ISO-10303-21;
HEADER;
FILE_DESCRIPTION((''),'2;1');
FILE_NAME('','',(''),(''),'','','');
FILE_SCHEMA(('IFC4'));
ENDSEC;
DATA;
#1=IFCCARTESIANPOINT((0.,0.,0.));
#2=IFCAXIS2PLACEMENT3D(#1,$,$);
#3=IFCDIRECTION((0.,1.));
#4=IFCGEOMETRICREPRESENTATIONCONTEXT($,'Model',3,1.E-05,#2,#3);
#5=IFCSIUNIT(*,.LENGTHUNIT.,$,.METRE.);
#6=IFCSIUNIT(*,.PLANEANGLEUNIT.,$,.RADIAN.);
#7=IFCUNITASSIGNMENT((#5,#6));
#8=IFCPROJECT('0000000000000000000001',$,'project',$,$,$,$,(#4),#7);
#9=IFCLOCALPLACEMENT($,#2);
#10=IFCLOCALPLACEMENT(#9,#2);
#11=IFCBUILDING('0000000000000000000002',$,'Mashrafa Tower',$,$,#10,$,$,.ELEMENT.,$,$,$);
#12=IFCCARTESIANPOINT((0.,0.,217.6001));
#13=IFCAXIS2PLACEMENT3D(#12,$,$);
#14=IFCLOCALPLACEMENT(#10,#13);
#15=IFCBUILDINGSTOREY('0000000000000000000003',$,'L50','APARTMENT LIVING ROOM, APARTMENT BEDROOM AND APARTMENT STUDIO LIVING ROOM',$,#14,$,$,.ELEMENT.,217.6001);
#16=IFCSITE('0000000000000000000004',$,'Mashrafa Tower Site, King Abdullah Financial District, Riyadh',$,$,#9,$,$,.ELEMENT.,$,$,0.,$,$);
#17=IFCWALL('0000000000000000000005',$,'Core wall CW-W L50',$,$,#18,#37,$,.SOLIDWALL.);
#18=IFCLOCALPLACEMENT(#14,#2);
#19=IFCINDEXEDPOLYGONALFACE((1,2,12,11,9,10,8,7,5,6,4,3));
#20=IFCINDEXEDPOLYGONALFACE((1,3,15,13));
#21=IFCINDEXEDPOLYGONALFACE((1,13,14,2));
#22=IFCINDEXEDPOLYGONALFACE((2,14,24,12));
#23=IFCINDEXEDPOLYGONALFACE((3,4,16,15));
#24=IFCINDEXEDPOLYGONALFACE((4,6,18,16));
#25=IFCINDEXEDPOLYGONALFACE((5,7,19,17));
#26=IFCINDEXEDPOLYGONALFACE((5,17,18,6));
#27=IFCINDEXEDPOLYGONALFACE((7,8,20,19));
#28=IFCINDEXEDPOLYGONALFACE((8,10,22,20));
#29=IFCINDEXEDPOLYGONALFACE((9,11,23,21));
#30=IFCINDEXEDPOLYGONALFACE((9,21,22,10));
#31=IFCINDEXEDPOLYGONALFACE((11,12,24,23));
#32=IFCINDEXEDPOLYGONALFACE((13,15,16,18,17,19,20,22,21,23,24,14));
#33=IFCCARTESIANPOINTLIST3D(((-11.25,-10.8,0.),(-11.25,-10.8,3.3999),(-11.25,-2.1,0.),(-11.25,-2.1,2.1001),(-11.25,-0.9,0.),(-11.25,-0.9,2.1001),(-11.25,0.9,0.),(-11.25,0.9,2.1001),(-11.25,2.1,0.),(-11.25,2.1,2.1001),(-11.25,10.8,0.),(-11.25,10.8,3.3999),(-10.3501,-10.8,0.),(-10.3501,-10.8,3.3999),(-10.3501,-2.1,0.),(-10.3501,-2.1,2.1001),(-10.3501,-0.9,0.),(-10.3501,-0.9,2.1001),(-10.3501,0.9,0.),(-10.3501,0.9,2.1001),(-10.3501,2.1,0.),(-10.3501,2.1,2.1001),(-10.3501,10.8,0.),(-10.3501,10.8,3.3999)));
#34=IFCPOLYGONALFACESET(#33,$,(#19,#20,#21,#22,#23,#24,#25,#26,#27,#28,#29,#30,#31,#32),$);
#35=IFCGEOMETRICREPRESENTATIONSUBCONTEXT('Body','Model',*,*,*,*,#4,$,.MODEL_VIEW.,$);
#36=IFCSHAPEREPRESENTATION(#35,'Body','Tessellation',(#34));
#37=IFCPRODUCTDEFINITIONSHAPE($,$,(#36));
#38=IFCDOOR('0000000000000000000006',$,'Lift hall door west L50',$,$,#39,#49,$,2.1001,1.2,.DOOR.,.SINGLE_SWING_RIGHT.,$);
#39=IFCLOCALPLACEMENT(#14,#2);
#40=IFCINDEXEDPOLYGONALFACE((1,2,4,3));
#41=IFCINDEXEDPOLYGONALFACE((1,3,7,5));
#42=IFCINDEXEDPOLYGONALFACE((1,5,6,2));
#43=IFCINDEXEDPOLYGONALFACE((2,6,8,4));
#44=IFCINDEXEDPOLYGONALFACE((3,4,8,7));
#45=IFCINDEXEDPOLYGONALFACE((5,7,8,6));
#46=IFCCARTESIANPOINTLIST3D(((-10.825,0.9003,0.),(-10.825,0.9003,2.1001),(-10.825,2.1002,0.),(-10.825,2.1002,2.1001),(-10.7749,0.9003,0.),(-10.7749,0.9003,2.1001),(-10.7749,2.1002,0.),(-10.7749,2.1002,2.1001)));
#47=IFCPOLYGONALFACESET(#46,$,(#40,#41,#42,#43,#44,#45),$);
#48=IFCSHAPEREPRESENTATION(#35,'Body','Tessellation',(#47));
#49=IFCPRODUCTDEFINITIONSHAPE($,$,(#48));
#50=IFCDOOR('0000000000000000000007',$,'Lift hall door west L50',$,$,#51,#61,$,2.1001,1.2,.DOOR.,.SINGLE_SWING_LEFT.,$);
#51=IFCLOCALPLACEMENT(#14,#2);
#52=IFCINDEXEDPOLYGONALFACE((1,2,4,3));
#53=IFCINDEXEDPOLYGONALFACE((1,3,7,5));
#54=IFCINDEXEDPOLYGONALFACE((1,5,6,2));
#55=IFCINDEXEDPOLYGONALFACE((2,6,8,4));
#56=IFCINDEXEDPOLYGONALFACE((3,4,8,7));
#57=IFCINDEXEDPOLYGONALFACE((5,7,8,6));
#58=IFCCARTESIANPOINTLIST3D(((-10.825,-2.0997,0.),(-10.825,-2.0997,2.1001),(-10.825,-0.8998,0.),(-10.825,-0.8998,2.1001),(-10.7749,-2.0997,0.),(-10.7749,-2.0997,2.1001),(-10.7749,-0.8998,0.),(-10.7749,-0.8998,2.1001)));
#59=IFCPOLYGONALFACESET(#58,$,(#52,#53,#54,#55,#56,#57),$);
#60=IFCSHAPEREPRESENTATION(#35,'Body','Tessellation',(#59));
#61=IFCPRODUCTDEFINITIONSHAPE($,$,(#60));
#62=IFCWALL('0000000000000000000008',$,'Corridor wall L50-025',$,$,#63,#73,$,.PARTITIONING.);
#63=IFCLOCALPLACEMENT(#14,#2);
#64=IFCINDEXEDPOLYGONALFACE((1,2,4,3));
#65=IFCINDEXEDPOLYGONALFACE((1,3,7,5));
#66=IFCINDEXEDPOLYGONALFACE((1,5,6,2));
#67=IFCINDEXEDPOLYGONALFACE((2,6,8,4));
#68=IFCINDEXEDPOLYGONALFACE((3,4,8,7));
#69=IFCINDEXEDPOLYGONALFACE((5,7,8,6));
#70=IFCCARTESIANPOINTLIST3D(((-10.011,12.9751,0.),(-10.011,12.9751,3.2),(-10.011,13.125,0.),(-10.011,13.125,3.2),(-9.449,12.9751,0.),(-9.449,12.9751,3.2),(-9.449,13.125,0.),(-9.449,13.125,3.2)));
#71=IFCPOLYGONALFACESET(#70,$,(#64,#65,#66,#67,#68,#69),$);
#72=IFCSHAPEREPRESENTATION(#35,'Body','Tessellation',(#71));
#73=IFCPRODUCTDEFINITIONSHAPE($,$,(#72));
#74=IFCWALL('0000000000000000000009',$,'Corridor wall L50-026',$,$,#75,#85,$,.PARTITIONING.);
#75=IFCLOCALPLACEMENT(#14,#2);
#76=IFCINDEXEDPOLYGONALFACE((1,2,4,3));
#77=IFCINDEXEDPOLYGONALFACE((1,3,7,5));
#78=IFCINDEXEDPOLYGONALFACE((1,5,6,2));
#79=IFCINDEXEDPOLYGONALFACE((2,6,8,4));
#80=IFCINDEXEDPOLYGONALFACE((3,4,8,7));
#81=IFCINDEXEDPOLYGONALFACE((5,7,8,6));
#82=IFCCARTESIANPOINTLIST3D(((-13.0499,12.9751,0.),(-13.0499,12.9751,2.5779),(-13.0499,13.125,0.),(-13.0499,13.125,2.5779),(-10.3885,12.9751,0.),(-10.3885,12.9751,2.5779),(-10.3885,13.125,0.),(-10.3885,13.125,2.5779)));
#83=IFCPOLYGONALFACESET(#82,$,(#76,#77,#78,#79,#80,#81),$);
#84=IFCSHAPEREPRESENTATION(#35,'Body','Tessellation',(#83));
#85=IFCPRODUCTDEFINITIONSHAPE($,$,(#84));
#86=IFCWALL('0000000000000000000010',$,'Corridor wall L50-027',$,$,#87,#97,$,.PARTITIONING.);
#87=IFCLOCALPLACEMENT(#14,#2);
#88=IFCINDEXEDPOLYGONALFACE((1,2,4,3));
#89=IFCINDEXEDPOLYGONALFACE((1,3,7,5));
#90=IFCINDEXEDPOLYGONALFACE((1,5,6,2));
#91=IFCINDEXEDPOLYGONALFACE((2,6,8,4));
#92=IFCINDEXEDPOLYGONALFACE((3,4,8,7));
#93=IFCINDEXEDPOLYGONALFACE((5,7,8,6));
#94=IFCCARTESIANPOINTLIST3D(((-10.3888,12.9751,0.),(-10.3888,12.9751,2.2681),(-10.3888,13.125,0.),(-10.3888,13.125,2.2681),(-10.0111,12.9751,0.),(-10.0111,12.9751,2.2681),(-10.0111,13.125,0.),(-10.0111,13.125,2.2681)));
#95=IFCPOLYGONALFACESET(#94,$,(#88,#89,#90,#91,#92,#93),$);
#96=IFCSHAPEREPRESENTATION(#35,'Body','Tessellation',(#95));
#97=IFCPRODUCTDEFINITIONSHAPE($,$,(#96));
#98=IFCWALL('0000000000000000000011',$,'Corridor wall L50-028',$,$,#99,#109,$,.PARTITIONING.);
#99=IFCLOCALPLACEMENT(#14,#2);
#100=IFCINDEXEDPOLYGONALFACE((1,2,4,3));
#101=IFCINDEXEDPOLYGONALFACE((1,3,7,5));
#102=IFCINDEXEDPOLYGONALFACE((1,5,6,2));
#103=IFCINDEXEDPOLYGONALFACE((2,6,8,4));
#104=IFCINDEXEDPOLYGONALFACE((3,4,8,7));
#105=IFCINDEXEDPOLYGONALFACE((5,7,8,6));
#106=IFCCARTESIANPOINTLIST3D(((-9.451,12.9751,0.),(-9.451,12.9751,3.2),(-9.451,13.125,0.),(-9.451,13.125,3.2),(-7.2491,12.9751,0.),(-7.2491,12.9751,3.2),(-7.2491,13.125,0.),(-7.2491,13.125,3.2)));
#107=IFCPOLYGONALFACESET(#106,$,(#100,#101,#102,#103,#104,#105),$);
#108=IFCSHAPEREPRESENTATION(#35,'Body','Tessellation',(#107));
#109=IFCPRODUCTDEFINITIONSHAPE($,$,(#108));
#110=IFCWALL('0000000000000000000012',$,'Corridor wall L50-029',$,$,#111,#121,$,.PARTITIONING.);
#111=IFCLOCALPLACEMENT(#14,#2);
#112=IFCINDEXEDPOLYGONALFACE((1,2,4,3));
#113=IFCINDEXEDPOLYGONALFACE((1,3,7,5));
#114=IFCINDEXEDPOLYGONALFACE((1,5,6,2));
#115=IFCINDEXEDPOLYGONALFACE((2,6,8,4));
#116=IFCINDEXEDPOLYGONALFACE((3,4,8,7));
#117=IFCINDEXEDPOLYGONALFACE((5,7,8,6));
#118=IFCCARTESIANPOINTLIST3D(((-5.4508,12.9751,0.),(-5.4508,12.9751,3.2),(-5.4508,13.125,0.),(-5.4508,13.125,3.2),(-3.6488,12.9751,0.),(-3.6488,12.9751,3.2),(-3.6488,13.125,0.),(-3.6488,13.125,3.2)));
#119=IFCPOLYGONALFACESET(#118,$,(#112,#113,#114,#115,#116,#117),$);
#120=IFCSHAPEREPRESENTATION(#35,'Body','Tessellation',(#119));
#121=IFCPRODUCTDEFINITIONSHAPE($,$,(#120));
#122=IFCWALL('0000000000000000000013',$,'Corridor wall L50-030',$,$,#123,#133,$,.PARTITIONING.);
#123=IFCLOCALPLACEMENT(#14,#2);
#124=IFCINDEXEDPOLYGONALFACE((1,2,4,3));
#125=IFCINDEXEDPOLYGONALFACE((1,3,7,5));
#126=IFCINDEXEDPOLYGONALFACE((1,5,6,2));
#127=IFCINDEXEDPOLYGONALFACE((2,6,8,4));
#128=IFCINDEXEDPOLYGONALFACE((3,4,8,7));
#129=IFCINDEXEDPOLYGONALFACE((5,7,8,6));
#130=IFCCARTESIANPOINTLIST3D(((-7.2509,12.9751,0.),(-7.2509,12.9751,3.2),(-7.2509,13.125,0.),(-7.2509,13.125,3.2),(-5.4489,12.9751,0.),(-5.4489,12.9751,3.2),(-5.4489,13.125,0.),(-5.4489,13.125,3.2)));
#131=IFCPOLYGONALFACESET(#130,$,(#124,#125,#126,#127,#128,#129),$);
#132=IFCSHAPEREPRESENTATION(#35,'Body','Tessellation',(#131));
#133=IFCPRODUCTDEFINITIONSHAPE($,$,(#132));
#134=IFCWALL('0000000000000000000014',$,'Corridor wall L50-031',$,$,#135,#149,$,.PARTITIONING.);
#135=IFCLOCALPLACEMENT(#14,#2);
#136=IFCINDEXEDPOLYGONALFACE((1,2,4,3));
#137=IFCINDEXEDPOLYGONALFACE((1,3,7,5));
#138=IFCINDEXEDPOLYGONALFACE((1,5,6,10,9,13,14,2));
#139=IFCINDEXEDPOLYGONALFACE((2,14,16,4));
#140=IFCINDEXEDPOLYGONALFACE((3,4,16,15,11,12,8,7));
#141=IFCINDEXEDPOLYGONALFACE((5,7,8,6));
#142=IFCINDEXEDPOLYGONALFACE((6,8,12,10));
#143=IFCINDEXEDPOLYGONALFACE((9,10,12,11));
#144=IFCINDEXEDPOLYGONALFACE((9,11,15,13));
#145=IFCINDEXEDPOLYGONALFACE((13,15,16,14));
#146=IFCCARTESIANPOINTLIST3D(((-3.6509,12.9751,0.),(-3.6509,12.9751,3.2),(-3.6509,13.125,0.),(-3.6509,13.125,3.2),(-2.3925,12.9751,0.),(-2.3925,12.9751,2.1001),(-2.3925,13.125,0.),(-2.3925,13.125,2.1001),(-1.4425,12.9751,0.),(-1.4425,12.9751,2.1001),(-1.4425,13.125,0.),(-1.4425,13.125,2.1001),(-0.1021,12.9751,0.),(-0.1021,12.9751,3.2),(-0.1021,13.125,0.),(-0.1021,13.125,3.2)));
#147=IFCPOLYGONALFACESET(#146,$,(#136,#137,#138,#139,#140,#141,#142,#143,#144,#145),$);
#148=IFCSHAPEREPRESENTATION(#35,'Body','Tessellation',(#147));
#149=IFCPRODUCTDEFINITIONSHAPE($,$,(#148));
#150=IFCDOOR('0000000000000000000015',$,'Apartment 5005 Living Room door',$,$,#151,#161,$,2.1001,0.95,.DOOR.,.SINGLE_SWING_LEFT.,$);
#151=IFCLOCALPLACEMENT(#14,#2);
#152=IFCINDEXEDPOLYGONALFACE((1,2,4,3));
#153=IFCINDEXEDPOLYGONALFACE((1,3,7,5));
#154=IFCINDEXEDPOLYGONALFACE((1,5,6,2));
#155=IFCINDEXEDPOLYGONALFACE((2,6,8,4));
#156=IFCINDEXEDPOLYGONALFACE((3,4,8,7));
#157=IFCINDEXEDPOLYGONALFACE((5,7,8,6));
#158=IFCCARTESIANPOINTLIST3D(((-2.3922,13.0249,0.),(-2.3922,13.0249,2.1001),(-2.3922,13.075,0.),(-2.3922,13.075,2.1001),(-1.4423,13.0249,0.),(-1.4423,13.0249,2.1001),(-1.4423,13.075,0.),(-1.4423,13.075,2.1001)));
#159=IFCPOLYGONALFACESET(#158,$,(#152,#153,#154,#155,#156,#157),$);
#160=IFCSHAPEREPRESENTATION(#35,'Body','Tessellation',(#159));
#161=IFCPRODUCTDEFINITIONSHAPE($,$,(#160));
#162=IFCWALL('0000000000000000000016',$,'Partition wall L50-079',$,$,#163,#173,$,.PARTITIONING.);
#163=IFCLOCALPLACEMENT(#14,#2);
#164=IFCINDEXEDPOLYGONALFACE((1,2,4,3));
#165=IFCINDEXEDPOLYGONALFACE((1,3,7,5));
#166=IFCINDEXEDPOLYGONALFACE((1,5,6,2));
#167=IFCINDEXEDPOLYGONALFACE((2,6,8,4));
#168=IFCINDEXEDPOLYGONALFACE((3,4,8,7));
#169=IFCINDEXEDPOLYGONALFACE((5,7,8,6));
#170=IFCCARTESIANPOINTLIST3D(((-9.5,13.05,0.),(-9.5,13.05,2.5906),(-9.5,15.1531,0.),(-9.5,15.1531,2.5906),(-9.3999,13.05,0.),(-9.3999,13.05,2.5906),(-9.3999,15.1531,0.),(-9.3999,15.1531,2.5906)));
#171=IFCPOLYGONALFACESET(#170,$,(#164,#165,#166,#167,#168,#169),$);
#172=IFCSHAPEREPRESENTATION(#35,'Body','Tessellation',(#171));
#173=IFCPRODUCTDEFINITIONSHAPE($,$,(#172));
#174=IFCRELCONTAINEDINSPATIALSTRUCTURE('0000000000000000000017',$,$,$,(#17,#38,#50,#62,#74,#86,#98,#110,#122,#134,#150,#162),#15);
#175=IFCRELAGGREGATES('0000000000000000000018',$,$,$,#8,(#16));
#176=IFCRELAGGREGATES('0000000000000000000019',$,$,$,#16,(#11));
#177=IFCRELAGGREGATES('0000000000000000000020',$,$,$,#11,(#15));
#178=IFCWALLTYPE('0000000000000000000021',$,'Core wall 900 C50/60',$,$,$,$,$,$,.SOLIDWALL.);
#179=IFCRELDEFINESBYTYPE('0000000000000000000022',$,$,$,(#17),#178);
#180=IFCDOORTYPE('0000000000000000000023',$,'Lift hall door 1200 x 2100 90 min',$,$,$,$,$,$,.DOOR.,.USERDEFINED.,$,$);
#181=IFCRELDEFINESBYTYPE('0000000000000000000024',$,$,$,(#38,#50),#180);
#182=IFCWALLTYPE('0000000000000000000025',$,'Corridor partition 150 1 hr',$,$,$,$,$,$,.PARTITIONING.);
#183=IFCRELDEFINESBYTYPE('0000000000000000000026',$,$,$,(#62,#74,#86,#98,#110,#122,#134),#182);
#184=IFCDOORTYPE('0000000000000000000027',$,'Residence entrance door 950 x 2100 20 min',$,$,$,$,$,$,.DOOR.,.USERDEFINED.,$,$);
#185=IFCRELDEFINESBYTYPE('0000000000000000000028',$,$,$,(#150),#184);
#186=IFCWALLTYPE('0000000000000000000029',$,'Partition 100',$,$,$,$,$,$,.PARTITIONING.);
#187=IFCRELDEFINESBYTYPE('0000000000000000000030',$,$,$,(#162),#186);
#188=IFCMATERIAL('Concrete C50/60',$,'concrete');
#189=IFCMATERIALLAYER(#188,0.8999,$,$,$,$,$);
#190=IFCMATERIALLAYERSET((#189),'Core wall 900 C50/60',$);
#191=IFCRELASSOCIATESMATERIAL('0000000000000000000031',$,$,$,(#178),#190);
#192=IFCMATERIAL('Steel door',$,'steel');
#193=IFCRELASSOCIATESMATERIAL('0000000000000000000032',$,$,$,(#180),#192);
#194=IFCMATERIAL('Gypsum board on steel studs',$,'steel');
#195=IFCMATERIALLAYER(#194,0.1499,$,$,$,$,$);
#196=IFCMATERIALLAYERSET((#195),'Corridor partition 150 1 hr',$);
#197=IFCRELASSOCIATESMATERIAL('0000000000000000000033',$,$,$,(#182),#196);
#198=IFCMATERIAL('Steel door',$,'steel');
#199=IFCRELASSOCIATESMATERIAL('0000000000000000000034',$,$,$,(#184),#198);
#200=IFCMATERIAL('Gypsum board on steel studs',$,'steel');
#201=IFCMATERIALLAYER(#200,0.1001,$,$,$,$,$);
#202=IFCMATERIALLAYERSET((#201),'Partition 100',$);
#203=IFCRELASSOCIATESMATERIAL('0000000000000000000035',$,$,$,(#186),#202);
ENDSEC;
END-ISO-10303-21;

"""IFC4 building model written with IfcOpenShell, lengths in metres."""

from ifc_helpers import new_model, si_unit, direction, frame, frame_2d, origin, place, context, subcontext, project, spatial, rectangle, extrude, material, layer, layer_set, type_object, element, fill, save


model = new_model("IFC4")

# Units and contexts
model_context = context("Model", 3, precision=1e-05, world=origin(), true_north=direction((0.0, 1.0)))
body_context = subcontext(model_context, "Body", "Model", "MODEL_VIEW")
ifc_project = project(units=[si_unit("LENGTHUNIT", "METRE"), si_unit("PLANEANGLEUNIT", "RADIAN")], contexts=[model_context])

# Site, building, storey
site_placement = place(None, origin())
site = spatial("IfcSite", under=ifc_project, at=site_placement, Name="Mashrafa Tower Site, King Abdullah Financial District, Riyadh", CompositionType="ELEMENT", RefElevation=0.0)
building_placement = place(site_placement, origin())
building = spatial("IfcBuilding", under=site, at=building_placement, Name="Mashrafa Tower", CompositionType="ELEMENT")
storey_placement = place(building_placement, frame((0.0, 0.0, 217.6001)))
storey = spatial("IfcBuildingStorey", under=building, at=storey_placement, Name="L50", Description="APARTMENT LIVING ROOM, APARTMENT BEDROOM AND APARTMENT STUDIO LIVING ROOM", CompositionType="ELEMENT", Elevation=217.6001)

# Wall, openings, doors
ifc_material_1 = material(Name="Concrete C50/60", Category="concrete")
ifc_layer_1 = layer(ifc_material_1, 0.8999)
ifc_layer_set_1 = layer_set([ifc_layer_1], Name="Core wall 900 C50/60")
wall_type_1 = type_object("IfcWallType", Name="Core wall 900 C50/60", PredefinedType="SOLIDWALL", material=ifc_layer_set_1)
wall_1_placement = place(storey_placement, frame((-10.8, 10.8, 0.0), z_axis=(0.0, 0.0, 1.0), x_axis=(0.0, -1.0, 0.0)))
wall_1 = element("IfcWall", 1, at=wall_1_placement, inside=storey, type_object=wall_type_1, Name="Core wall CW-W L50", PredefinedType="SOLIDWALL", context=body_context, shape_type="SweptSolid", body=[
    extrude(rectangle(XDim=21.6001, YDim=0.8999, at=frame_2d((10.8, 0.0))), origin(), (0.0, 0.0, 1.0), 3.3999),
])
opening_1_placement = place(wall_1_placement, frame((8.7, 0.0, 0.0)))
opening_1 = element("IfcOpeningElement", 2, at=opening_1_placement, cuts=wall_1, PredefinedType="OPENING", context=body_context, shape_type="SweptSolid", body=[
    extrude(rectangle(XDim=1.2, YDim=2.1001, at=frame_2d((0.6001, 1.05))), frame((0.0, 0.46, 0.0), z_axis=(0.0, -1.0, 0.0), x_axis=(1.0, 0.0, 0.0)), (0.0, 0.0, 1.0), 0.9199),
])
opening_2_placement = place(wall_1_placement, frame((11.7, 0.0, 0.0)))
opening_2 = element("IfcOpeningElement", 3, at=opening_2_placement, cuts=wall_1, PredefinedType="OPENING", context=body_context, shape_type="SweptSolid", body=[
    extrude(rectangle(XDim=1.2, YDim=2.1001, at=frame_2d((0.6001, 1.05))), frame((0.0, 0.46, 0.0), z_axis=(0.0, -1.0, 0.0), x_axis=(1.0, 0.0, 0.0)), (0.0, 0.0, 1.0), 0.9199),
])
ifc_material_2 = material(Name="Steel door", Category="steel")
door_type_1 = type_object("IfcDoorType", Name="Lift hall door 1200 x 2100 90 min", OperationType="USERDEFINED", PredefinedType="DOOR", material=ifc_material_2)
door_1_placement = place(opening_1_placement, frame((1.2, 0.0, 0.0), z_axis=(0.0, 0.0, 1.0), x_axis=(-1.0, 0.0, 0.0)))
door_1 = element("IfcDoor", 4, at=door_1_placement, inside=storey, type_object=door_type_1, Name="Lift hall door west L50", OperationType="SINGLE_SWING_RIGHT", OverallHeight=2.1001, OverallWidth=1.2, PredefinedType="DOOR", context=body_context, shape_type="SweptSolid", body=[
    extrude(rectangle(XDim=1.2, YDim=2.1001, at=frame_2d((0.6001, 1.05))), frame((0.0, 0.0249, 0.0), z_axis=(0.0, -1.0, 0.0), x_axis=(1.0, 0.0, 0.0)), (0.0, 0.0, 1.0), 0.05),
])
fill(opening_1, door_1)
door_2_placement = place(opening_2_placement, frame((1.2, 0.0, 0.0), z_axis=(0.0, 0.0, 1.0), x_axis=(-1.0, 0.0, 0.0)))
door_2 = element("IfcDoor", 5, at=door_2_placement, inside=storey, type_object=door_type_1, Name="Lift hall door west L50", OperationType="SINGLE_SWING_LEFT", OverallHeight=2.1001, OverallWidth=1.2, PredefinedType="DOOR", context=body_context, shape_type="SweptSolid", body=[
    extrude(rectangle(XDim=1.2, YDim=2.1001, at=frame_2d((0.6001, 1.05))), frame((0.0, 0.0249, 0.0), z_axis=(0.0, -1.0, 0.0), x_axis=(1.0, 0.0, 0.0)), (0.0, 0.0, 1.0), 0.05),
])
fill(opening_2, door_2)

# Walls
ifc_material_3 = material(Name="Gypsum board on steel studs", Category="steel")
ifc_layer_2 = layer(ifc_material_3, 0.1499)
ifc_layer_set_2 = layer_set([ifc_layer_2], Name="Corridor partition 150 1 hr")
wall_type_2 = type_object("IfcWallType", Name="Corridor partition 150 1 hr", PredefinedType="PARTITIONING", material=ifc_layer_set_2)
wall_2_placement = place(storey_placement, frame((-9.449, 13.05, 0.0), z_axis=(0.0, 0.0, 1.0), x_axis=(-1.0, 0.0, 0.0)))
element("IfcWall", 6, at=wall_2_placement, inside=storey, type_object=wall_type_2, Name="Corridor wall L50-025", PredefinedType="PARTITIONING", context=body_context, shape_type="SweptSolid", body=[
    extrude(rectangle(XDim=0.562, YDim=0.1499, at=frame_2d((0.281, 0.0))), origin(), (0.0, 0.0, 1.0), 3.2),
])
wall_3_placement = place(storey_placement, frame((-10.3887, 13.05, 0.0), z_axis=(0.0, 0.0, 1.0), x_axis=(-1.0, 0.0, 0.0)))
element("IfcWall", 7, at=wall_3_placement, inside=storey, type_object=wall_type_2, Name="Corridor wall L50-026", PredefinedType="PARTITIONING", context=body_context, shape_type="SweptSolid", body=[
    extrude(rectangle(XDim=2.6614, YDim=0.1499, at=frame_2d((1.3306, 0.0))), origin(), (0.0, 0.0, 1.0), 2.5779),
])
wall_4_placement = place(storey_placement, frame((-10.011, 13.05, 0.0), z_axis=(0.0, 0.0, 1.0), x_axis=(-1.0, 0.0, 0.0)))
element("IfcWall", 8, at=wall_4_placement, inside=storey, type_object=wall_type_2, Name="Corridor wall L50-027", PredefinedType="PARTITIONING", context=body_context, shape_type="SweptSolid", body=[
    extrude(rectangle(XDim=0.3777, YDim=0.1499, at=frame_2d((0.189, 0.0))), origin(), (0.0, 0.0, 1.0), 2.2681),
])
wall_5_placement = place(storey_placement, frame((-7.249, 13.05, 0.0), z_axis=(0.0, 0.0, 1.0), x_axis=(-1.0, 0.0, 0.0)))
element("IfcWall", 9, at=wall_5_placement, inside=storey, type_object=wall_type_2, Name="Corridor wall L50-028", PredefinedType="PARTITIONING", context=body_context, shape_type="SweptSolid", body=[
    extrude(rectangle(XDim=2.2019, YDim=0.1499, at=frame_2d((1.1011, 0.0))), origin(), (0.0, 0.0, 1.0), 3.2),
])
for number, where, z_axis, x_axis, name in (
    (10, (-3.6489, 13.05, 0.0), (0.0, 0.0, 1.0), (-1.0, 0.0, 0.0), "Corridor wall L50-029"),
    (11, (-5.449, 13.05, 0.0), (0.0, 0.0, 1.0), (-1.0, 0.0, 0.0), "Corridor wall L50-030"),
):
    element("IfcWall", number, at=place(storey_placement, frame(where, z_axis=z_axis, x_axis=x_axis)), inside=storey, type_object=wall_type_2, Name=name, PredefinedType="PARTITIONING", context=body_context, shape_type="SweptSolid", body=[
        extrude(rectangle(XDim=1.802, YDim=0.1499, at=frame_2d((0.9009, 0.0))), origin(), (0.0, 0.0, 1.0), 3.2),
    ])

# Wall, opening, door
wall_6_placement = place(storey_placement, frame((-0.1021, 13.05, 0.0), z_axis=(0.0, 0.0, 1.0), x_axis=(-1.0, 0.0, 0.0)))
wall_6 = element("IfcWall", 12, at=wall_6_placement, inside=storey, type_object=wall_type_2, Name="Corridor wall L50-031", PredefinedType="PARTITIONING", context=body_context, shape_type="SweptSolid", body=[
    extrude(rectangle(XDim=3.5488, YDim=0.1499, at=frame_2d((1.7744, 0.0))), origin(), (0.0, 0.0, 1.0), 3.2),
])
opening_3_placement = place(wall_6_placement, frame((1.3403, 0.0, 0.0)))
opening_3 = element("IfcOpeningElement", 13, at=opening_3_placement, cuts=wall_6, PredefinedType="OPENING", context=body_context, shape_type="SweptSolid", body=[
    extrude(rectangle(XDim=0.95, YDim=2.1001, at=frame_2d((0.4751, 1.05))), frame((0.0, 0.085, 0.0), z_axis=(0.0, -1.0, 0.0), x_axis=(1.0, 0.0, 0.0)), (0.0, 0.0, 1.0), 0.1699),
])
ifc_material_4 = material(Name="Steel door", Category="steel")
door_type_2 = type_object("IfcDoorType", Name="Residence entrance door 950 x 2100 20 min", OperationType="USERDEFINED", PredefinedType="DOOR", material=ifc_material_4)
door_3_placement = place(opening_3_placement, frame((0.95, 0.0, 0.0), z_axis=(0.0, 0.0, 1.0), x_axis=(-1.0, 0.0, 0.0)))
door_3 = element("IfcDoor", 14, at=door_3_placement, inside=storey, type_object=door_type_2, Name="Apartment 5005 Living Room door", OperationType="SINGLE_SWING_LEFT", OverallHeight=2.1001, OverallWidth=0.95, PredefinedType="DOOR", context=body_context, shape_type="SweptSolid", body=[
    extrude(rectangle(XDim=0.95, YDim=2.1001, at=frame_2d((0.4751, 1.05))), frame((0.0, 0.0249, 0.0), z_axis=(0.0, -1.0, 0.0), x_axis=(1.0, 0.0, 0.0)), (0.0, 0.0, 1.0), 0.05),
])
fill(opening_3, door_3)

# Wall
ifc_material_5 = material(Name="Gypsum board on steel studs", Category="steel")
ifc_layer_3 = layer(ifc_material_5, 0.1001)
ifc_layer_set_3 = layer_set([ifc_layer_3], Name="Partition 100")
wall_type_3 = type_object("IfcWallType", Name="Partition 100", PredefinedType="PARTITIONING", material=ifc_layer_set_3)
wall_7_placement = place(storey_placement, frame((-9.45, 13.05, 0.0), z_axis=(0.0, 0.0, 1.0), x_axis=(0.0, 1.0, 0.0)))
element("IfcWall", 15, at=wall_7_placement, inside=storey, type_object=wall_type_3, Name="Partition wall L50-079", PredefinedType="PARTITIONING", context=body_context, shape_type="SweptSolid", body=[
    extrude(rectangle(XDim=2.103, YDim=0.1001, at=frame_2d((1.0515, 0.0))), origin(), (0.0, 0.0, 1.0), 2.5906),
])

save(model, "model.ifc")
